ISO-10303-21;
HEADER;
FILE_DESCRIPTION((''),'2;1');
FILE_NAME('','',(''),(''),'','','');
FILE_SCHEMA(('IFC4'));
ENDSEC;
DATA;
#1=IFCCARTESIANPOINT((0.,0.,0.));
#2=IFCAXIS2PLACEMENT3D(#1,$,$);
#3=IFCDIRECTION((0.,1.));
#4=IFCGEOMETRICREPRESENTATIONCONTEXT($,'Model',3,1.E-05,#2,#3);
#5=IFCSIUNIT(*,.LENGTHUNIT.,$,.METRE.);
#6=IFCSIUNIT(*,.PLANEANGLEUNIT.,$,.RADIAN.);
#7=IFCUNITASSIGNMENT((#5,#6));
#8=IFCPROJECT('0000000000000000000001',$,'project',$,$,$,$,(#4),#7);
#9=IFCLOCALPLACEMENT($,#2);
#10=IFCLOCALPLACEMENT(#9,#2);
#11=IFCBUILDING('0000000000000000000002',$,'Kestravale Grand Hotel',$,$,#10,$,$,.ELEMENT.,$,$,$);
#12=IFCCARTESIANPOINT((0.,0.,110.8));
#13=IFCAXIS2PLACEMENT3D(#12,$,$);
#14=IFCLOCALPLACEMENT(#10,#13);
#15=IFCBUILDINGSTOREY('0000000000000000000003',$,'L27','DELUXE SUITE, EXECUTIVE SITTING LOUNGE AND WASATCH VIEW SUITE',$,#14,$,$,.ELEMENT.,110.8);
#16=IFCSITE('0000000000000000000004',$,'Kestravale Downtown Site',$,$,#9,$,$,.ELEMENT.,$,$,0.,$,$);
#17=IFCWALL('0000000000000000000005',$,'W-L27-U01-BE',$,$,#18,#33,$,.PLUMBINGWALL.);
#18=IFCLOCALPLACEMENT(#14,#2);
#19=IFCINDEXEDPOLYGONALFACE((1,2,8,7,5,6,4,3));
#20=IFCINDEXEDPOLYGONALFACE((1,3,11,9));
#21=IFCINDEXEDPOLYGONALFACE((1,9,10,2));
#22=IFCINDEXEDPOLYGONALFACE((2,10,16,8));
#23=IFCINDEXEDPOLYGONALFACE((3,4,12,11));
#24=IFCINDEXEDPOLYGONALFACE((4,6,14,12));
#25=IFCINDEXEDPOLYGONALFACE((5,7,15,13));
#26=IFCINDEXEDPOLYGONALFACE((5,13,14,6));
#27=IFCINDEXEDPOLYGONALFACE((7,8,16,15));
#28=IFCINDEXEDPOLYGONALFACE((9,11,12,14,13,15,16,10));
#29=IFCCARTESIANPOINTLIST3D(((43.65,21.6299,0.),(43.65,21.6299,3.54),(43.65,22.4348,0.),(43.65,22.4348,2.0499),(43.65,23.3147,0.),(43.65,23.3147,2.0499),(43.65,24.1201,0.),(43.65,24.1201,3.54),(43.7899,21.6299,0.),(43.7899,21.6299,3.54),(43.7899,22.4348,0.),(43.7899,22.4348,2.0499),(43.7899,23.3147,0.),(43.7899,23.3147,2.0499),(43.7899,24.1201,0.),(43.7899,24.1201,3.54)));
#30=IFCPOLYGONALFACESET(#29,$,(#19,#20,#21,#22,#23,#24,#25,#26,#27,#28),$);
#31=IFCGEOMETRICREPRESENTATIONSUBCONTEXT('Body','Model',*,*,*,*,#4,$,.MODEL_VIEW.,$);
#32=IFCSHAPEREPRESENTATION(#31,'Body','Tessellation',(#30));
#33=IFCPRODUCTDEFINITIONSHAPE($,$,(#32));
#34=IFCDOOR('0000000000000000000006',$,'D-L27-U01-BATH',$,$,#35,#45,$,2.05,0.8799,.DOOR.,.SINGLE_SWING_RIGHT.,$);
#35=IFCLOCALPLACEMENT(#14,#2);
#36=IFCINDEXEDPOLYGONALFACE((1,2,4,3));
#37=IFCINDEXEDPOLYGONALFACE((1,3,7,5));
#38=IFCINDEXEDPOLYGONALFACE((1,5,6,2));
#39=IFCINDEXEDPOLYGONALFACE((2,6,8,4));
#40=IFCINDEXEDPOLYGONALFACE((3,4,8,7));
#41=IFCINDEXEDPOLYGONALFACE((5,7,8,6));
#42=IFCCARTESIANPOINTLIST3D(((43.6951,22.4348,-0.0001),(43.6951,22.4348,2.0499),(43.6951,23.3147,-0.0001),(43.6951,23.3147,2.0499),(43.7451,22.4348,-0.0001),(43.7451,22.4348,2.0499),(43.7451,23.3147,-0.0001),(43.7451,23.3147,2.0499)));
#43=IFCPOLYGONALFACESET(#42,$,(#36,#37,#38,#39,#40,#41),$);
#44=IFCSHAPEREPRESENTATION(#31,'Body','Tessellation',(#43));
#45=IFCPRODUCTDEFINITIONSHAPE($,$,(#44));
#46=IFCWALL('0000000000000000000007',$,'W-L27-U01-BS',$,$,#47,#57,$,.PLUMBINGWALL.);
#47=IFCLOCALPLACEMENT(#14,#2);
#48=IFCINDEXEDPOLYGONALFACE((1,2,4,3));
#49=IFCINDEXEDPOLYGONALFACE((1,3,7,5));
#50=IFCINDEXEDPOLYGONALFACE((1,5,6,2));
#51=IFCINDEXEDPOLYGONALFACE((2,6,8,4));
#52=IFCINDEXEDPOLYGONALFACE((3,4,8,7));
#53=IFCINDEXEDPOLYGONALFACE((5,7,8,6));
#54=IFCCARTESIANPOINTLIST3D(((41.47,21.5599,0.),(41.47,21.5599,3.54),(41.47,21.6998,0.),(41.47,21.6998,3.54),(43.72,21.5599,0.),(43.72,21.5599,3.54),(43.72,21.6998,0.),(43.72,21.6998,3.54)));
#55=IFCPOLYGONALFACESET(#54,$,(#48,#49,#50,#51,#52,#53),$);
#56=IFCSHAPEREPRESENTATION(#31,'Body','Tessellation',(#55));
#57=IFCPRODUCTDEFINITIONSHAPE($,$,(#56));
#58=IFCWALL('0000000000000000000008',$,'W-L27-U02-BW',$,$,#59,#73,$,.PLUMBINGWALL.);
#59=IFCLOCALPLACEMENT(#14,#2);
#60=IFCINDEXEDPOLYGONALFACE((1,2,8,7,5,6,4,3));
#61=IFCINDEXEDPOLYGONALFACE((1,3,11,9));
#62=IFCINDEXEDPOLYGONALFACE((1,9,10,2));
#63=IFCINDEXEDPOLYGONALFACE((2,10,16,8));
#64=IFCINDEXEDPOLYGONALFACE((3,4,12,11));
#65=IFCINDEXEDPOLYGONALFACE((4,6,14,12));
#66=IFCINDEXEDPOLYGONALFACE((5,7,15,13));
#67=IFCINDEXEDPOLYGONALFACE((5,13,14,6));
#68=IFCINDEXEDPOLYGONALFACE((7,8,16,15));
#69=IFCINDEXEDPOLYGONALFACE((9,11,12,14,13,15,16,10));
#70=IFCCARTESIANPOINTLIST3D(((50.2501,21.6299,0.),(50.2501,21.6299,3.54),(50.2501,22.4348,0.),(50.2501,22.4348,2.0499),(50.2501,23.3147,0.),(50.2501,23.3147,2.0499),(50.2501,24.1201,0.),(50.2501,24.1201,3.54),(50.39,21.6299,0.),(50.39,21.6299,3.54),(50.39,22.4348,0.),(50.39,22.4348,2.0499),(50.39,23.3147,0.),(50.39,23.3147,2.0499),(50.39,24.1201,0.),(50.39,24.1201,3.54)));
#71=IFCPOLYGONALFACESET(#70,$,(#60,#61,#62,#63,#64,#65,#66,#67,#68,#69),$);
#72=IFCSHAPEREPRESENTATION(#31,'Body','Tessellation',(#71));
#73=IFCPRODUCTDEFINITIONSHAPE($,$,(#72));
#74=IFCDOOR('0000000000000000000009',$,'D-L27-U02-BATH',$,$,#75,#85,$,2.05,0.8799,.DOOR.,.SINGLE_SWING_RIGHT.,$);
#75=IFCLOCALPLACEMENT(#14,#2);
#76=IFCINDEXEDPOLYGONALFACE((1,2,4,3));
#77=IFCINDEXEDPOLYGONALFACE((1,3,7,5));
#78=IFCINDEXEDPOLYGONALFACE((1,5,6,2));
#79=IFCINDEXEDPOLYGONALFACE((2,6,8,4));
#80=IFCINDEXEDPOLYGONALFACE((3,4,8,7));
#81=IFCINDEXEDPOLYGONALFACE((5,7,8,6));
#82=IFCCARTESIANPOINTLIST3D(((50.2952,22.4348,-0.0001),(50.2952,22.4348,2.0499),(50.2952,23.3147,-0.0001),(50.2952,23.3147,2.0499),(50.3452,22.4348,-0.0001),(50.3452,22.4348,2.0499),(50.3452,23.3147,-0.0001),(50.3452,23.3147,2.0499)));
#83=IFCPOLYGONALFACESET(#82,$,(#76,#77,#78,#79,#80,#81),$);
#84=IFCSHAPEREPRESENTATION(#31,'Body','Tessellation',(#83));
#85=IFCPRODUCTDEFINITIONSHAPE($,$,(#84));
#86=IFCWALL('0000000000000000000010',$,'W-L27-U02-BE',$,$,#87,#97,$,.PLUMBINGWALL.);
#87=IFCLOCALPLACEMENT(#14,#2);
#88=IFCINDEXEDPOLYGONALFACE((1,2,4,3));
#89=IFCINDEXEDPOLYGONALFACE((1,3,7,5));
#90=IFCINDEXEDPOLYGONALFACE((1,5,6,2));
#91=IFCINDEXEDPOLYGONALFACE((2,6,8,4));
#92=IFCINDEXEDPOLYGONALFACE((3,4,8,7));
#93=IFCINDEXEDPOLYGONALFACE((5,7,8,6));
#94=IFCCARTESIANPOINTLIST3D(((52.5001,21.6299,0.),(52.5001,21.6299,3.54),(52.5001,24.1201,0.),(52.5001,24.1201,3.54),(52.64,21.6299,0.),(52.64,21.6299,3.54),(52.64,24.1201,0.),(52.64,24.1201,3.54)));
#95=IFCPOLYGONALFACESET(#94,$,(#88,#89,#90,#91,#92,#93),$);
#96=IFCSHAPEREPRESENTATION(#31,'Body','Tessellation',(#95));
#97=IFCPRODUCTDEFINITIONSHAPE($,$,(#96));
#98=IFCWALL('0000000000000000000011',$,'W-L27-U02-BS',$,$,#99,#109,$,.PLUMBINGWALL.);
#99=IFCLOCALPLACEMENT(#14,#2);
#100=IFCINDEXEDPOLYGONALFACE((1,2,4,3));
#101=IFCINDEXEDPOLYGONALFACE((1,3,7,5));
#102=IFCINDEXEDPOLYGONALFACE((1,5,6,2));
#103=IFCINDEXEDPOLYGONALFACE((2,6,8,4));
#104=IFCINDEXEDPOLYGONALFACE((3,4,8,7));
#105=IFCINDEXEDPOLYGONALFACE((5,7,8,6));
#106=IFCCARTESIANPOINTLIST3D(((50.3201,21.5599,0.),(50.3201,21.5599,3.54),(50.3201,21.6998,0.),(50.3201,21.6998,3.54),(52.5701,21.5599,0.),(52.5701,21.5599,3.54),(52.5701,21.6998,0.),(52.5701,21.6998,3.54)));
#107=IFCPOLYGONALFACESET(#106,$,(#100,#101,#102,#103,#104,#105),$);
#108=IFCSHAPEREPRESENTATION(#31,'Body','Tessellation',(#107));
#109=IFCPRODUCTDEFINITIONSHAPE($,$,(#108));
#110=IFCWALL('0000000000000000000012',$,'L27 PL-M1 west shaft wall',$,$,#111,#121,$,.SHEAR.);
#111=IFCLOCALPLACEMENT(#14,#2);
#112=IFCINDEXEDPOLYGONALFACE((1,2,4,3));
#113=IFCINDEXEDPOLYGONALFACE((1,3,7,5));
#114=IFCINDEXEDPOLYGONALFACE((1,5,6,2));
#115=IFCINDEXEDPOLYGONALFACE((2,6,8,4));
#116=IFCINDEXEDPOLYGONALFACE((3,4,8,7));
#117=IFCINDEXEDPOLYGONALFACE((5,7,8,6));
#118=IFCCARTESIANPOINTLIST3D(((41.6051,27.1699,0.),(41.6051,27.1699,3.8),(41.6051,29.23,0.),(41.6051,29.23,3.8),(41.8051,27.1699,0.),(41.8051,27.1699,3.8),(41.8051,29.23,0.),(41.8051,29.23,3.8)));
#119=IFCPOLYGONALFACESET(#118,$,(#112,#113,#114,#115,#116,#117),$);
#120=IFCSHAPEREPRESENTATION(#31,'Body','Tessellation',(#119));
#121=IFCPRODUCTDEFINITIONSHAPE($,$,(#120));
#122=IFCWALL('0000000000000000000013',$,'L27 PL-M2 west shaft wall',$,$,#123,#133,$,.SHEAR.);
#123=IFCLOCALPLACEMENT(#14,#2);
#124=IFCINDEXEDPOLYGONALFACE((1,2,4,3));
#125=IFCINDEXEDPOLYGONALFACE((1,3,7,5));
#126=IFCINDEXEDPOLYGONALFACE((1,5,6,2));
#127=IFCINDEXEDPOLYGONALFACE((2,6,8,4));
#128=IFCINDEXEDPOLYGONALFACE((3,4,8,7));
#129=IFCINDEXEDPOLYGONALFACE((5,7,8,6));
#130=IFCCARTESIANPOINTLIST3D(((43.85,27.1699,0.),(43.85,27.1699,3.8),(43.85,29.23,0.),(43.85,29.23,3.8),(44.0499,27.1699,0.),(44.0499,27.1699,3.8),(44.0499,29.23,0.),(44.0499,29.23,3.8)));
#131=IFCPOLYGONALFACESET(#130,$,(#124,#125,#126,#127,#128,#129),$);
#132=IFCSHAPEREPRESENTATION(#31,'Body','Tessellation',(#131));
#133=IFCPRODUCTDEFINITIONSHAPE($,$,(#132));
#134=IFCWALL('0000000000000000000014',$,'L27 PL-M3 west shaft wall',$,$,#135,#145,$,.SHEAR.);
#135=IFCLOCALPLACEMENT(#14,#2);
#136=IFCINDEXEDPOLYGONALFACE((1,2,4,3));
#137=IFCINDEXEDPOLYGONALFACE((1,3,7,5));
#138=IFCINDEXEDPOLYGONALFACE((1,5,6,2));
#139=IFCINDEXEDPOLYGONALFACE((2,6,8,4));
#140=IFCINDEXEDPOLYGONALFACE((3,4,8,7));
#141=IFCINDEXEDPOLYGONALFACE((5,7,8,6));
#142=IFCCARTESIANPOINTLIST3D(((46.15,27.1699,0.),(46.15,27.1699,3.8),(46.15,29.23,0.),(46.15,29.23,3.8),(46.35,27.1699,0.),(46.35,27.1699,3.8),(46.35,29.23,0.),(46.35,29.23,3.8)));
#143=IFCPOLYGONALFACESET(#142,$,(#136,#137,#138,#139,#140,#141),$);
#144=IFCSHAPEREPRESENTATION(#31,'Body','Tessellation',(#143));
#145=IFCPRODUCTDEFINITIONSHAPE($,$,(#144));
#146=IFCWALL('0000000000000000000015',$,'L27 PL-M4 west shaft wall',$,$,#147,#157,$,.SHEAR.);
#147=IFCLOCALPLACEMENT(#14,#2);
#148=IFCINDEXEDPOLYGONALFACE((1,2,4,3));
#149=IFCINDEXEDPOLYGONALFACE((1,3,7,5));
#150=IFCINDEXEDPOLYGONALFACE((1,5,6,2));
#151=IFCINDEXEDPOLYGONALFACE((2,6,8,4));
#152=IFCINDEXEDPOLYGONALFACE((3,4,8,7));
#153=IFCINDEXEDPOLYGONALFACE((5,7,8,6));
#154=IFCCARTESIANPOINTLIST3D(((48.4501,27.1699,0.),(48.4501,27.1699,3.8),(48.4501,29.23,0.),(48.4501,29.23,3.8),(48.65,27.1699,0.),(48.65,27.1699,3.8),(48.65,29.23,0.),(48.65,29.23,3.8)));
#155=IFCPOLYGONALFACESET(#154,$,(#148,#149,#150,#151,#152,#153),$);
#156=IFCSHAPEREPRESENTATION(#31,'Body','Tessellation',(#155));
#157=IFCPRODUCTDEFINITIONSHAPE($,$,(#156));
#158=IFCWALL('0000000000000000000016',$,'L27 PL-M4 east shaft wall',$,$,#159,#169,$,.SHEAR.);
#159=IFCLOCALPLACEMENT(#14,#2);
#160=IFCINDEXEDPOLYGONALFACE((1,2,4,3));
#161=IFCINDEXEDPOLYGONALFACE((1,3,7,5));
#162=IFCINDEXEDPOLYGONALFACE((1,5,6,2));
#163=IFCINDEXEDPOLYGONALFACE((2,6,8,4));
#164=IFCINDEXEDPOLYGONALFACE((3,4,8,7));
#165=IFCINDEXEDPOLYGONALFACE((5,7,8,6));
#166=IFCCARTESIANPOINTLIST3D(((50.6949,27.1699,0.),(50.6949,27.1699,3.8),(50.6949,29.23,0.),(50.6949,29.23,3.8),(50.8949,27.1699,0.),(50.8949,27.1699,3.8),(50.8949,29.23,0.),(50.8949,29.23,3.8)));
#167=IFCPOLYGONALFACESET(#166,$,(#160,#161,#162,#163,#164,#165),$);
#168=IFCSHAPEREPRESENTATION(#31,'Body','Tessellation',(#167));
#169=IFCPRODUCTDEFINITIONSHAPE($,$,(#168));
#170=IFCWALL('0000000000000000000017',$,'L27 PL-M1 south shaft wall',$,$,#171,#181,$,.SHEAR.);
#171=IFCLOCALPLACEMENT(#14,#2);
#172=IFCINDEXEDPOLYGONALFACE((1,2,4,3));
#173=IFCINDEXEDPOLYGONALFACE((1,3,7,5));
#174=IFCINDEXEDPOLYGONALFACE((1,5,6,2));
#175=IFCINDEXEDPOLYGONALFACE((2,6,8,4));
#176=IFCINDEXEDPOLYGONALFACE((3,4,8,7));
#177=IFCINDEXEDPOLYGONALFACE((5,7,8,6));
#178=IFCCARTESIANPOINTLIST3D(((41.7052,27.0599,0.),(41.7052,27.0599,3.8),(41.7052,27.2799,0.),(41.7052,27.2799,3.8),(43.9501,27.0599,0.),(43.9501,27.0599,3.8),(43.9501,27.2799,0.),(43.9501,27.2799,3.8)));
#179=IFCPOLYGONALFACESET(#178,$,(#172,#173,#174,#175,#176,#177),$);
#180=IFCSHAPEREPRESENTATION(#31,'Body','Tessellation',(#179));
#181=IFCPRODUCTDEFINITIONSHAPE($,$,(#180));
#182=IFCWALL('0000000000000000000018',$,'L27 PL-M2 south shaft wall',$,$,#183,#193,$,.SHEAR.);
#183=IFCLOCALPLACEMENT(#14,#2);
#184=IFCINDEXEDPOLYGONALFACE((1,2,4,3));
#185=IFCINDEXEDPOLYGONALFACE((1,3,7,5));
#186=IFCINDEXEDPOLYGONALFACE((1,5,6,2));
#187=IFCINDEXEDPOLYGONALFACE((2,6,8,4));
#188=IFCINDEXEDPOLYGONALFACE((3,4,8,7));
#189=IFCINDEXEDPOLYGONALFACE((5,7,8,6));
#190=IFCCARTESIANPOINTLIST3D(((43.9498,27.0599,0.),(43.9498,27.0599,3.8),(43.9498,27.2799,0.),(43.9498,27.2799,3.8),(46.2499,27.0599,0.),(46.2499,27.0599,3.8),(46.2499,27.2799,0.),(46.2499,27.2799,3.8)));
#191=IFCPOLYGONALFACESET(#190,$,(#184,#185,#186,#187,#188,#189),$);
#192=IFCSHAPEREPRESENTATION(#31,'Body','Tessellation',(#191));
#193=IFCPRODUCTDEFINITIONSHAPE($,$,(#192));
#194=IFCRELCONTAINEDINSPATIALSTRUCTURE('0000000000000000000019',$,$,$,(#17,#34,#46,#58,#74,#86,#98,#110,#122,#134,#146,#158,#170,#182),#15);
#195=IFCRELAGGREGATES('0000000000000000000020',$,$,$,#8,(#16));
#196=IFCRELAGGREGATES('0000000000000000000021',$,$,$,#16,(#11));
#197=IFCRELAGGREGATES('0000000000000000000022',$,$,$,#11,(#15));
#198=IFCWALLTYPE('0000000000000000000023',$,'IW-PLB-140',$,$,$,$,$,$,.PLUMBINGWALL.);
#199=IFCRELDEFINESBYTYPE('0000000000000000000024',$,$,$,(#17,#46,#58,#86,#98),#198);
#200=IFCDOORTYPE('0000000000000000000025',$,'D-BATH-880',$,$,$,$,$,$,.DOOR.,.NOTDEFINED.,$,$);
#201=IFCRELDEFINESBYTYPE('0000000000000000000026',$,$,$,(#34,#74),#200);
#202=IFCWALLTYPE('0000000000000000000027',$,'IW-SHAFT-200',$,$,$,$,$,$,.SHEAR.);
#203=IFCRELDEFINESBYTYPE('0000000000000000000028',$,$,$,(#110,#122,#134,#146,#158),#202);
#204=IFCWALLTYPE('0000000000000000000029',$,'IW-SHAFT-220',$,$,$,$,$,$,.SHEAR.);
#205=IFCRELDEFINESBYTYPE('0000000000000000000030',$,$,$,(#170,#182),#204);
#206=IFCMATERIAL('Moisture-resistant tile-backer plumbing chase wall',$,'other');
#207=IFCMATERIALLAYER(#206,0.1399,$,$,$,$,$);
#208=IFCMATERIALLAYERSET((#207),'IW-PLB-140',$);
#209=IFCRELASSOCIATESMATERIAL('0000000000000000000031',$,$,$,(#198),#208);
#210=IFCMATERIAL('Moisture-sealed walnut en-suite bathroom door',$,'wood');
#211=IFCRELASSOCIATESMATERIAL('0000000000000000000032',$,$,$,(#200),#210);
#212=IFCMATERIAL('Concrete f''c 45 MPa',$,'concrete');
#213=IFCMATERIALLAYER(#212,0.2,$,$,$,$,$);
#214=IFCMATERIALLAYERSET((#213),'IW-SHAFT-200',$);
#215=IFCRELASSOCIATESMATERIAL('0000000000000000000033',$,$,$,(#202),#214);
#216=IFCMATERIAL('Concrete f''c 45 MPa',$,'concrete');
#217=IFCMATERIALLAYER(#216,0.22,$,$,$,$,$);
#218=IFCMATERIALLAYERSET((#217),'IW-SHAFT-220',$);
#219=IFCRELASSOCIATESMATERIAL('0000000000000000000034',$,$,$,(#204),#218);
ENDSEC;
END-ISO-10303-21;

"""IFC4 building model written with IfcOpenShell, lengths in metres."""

from ifc_helpers import new_model, si_unit, direction, frame, frame_2d, origin, place, context, subcontext, project, spatial, rectangle, extrude, material, layer, layer_set, type_object, element, fill, save


model = new_model("IFC4")

# Units and contexts
model_context = context("Model", 3, precision=1e-05, world=origin(), true_north=direction((0.0, 1.0)))
body_context = subcontext(model_context, "Body", "Model", "MODEL_VIEW")
ifc_project = project(units=[si_unit("LENGTHUNIT", "METRE"), si_unit("PLANEANGLEUNIT", "RADIAN")], contexts=[model_context])

# Site, building, storey
site_placement = place(None, origin())
site = spatial("IfcSite", under=ifc_project, at=site_placement, Name="Kestravale Downtown Site", CompositionType="ELEMENT", RefElevation=0.0)
building_placement = place(site_placement, origin())
building = spatial("IfcBuilding", under=site, at=building_placement, Name="Kestravale Grand Hotel", CompositionType="ELEMENT")
storey_placement = place(building_placement, frame((0.0, 0.0, 110.8)))
storey = spatial("IfcBuildingStorey", under=building, at=storey_placement, Name="L27", Description="DELUXE SUITE, EXECUTIVE SITTING LOUNGE AND WASATCH VIEW SUITE", CompositionType="ELEMENT", Elevation=110.8)

# Wall, opening, door
ifc_material_1 = material(Name="Moisture-resistant tile-backer plumbing chase wall", Category="other")
ifc_layer_1 = layer(ifc_material_1, 0.1399)
ifc_layer_set_1 = layer_set([ifc_layer_1], Name="IW-PLB-140")
wall_type_1 = type_object("IfcWallType", Name="IW-PLB-140", PredefinedType="PLUMBINGWALL", material=ifc_layer_set_1)
wall_1_placement = place(storey_placement, frame((43.72, 21.6299, 0.0), z_axis=(0.0, 0.0, 1.0), x_axis=(0.0, 1.0, 0.0)))
wall_1 = element("IfcWall", 1, at=wall_1_placement, inside=storey, type_object=wall_type_1, Name="W-L27-U01-BE", PredefinedType="PLUMBINGWALL", context=body_context, shape_type="SweptSolid", body=[
    extrude(rectangle(XDim=2.4902, YDim=0.1399, at=frame_2d((1.2451, 0.0))), origin(), (0.0, 0.0, 1.0), 3.54),
])
opening_1_placement = place(wall_1_placement, frame((0.8049, 0.0, 0.0)))
opening_1 = element("IfcOpeningElement", 2, at=opening_1_placement, cuts=wall_1, PredefinedType="OPENING", context=body_context, shape_type="SweptSolid", body=[
    extrude(rectangle(XDim=0.8799, YDim=2.05, at=frame_2d((0.4399, 1.0249))), frame((0.0, 0.0798, 0.0), z_axis=(0.0, -1.0, 0.0), x_axis=(1.0, 0.0, 0.0)), (0.0, 0.0, 1.0), 0.1599),
])
ifc_material_2 = material(Name="Moisture-sealed walnut en-suite bathroom door", Category="wood")
door_type = type_object("IfcDoorType", Name="D-BATH-880", OperationType="NOTDEFINED", PredefinedType="DOOR", material=ifc_material_2)
door_1_placement = place(opening_1_placement, origin())
door_1 = element("IfcDoor", 3, at=door_1_placement, inside=storey, type_object=door_type, Name="D-L27-U01-BATH", OperationType="SINGLE_SWING_RIGHT", OverallHeight=2.05, OverallWidth=0.8799, PredefinedType="DOOR", context=body_context, shape_type="SweptSolid", body=[
    extrude(rectangle(XDim=0.8799, YDim=2.05, at=frame_2d((0.4399, 1.0249))), frame((0.0, 0.0249, 0.0), z_axis=(0.0, -1.0, 0.0), x_axis=(1.0, 0.0, 0.0)), (0.0, 0.0, 1.0), 0.05),
])
fill(opening_1, door_1)

# Wall
wall_2_placement = place(storey_placement, frame((41.47, 21.6299, 0.0), z_axis=(0.0, 0.0, 1.0), x_axis=(1.0, 0.0, 0.0)))
element("IfcWall", 4, at=wall_2_placement, inside=storey, type_object=wall_type_1, Name="W-L27-U01-BS", PredefinedType="PLUMBINGWALL", context=body_context, shape_type="SweptSolid", body=[
    extrude(rectangle(XDim=2.25, YDim=0.1399, at=frame_2d((1.125, 0.0))), origin(), (0.0, 0.0, 1.0), 3.54),
])

# Wall, opening, door
wall_3_placement = place(storey_placement, frame((50.3201, 21.6299, 0.0), z_axis=(0.0, 0.0, 1.0), x_axis=(0.0, 1.0, 0.0)))
wall_3 = element("IfcWall", 5, at=wall_3_placement, inside=storey, type_object=wall_type_1, Name="W-L27-U02-BW", PredefinedType="PLUMBINGWALL", context=body_context, shape_type="SweptSolid", body=[
    extrude(rectangle(XDim=2.4902, YDim=0.1399, at=frame_2d((1.2451, 0.0))), origin(), (0.0, 0.0, 1.0), 3.54),
])
opening_2_placement = place(wall_3_placement, frame((0.8049, 0.0, 0.0)))
opening_2 = element("IfcOpeningElement", 6, at=opening_2_placement, cuts=wall_3, PredefinedType="OPENING", context=body_context, shape_type="SweptSolid", body=[
    extrude(rectangle(XDim=0.8799, YDim=2.05, at=frame_2d((0.4399, 1.0249))), frame((0.0, 0.0798, 0.0), z_axis=(0.0, -1.0, 0.0), x_axis=(1.0, 0.0, 0.0)), (0.0, 0.0, 1.0), 0.1599),
])
door_2_placement = place(opening_2_placement, origin())
door_2 = element("IfcDoor", 7, at=door_2_placement, inside=storey, type_object=door_type, Name="D-L27-U02-BATH", OperationType="SINGLE_SWING_RIGHT", OverallHeight=2.05, OverallWidth=0.8799, PredefinedType="DOOR", context=body_context, shape_type="SweptSolid", body=[
    extrude(rectangle(XDim=0.8799, YDim=2.05, at=frame_2d((0.4399, 1.0249))), frame((0.0, 0.0249, 0.0), z_axis=(0.0, -1.0, 0.0), x_axis=(1.0, 0.0, 0.0)), (0.0, 0.0, 1.0), 0.05),
])
fill(opening_2, door_2)

# Walls
wall_4_placement = place(storey_placement, frame((52.5701, 21.6299, 0.0), z_axis=(0.0, 0.0, 1.0), x_axis=(0.0, 1.0, 0.0)))
element("IfcWall", 8, at=wall_4_placement, inside=storey, type_object=wall_type_1, Name="W-L27-U02-BE", PredefinedType="PLUMBINGWALL", context=body_context, shape_type="SweptSolid", body=[
    extrude(rectangle(XDim=2.4902, YDim=0.1399, at=frame_2d((1.2451, 0.0))), origin(), (0.0, 0.0, 1.0), 3.54),
])
wall_5_placement = place(storey_placement, frame((50.3201, 21.6299, 0.0), z_axis=(0.0, 0.0, 1.0), x_axis=(1.0, 0.0, 0.0)))
element("IfcWall", 9, at=wall_5_placement, inside=storey, type_object=wall_type_1, Name="W-L27-U02-BS", PredefinedType="PLUMBINGWALL", context=body_context, shape_type="SweptSolid", body=[
    extrude(rectangle(XDim=2.25, YDim=0.1399, at=frame_2d((1.125, 0.0))), origin(), (0.0, 0.0, 1.0), 3.54),
])
ifc_material_3 = material(Name="Concrete f'c 45 MPa", Category="concrete")
ifc_layer_2 = layer(ifc_material_3, 0.2)
ifc_layer_set_2 = layer_set([ifc_layer_2], Name="IW-SHAFT-200")
wall_type_2 = type_object("IfcWallType", Name="IW-SHAFT-200", PredefinedType="SHEAR", material=ifc_layer_set_2)
for number, where, z_axis, x_axis, name in (
    (10, (41.7051, 27.1699, 0.0), (0.0, 0.0, 1.0), (0.0, 1.0, 0.0), "L27 PL-M1 west shaft wall"),
    (11, (43.95, 27.1699, 0.0), (0.0, 0.0, 1.0), (0.0, 1.0, 0.0), "L27 PL-M2 west shaft wall"),
    (12, (46.25, 27.1699, 0.0), (0.0, 0.0, 1.0), (0.0, 1.0, 0.0), "L27 PL-M3 west shaft wall"),
    (13, (48.55, 27.1699, 0.0), (0.0, 0.0, 1.0), (0.0, 1.0, 0.0), "L27 PL-M4 west shaft wall"),
    (14, (50.7949, 27.1699, 0.0), (0.0, 0.0, 1.0), (0.0, 1.0, 0.0), "L27 PL-M4 east shaft wall"),
):
    element("IfcWall", number, at=place(storey_placement, frame(where, z_axis=z_axis, x_axis=x_axis)), inside=storey, type_object=wall_type_2, Name=name, PredefinedType="SHEAR", context=body_context, shape_type="SweptSolid", body=[
        extrude(rectangle(XDim=2.0601, YDim=0.2, at=frame_2d((1.03, 0.0))), origin(), (0.0, 0.0, 1.0), 3.8),
    ])
ifc_material_4 = material(Name="Concrete f'c 45 MPa", Category="concrete")
ifc_layer_3 = layer(ifc_material_4, 0.22)
ifc_layer_set_3 = layer_set([ifc_layer_3], Name="IW-SHAFT-220")
wall_type_3 = type_object("IfcWallType", Name="IW-SHAFT-220", PredefinedType="SHEAR", material=ifc_layer_set_3)
wall_6_placement = place(storey_placement, frame((41.7051, 27.1699, 0.0), z_axis=(0.0, 0.0, 1.0), x_axis=(1.0, 0.0, 0.0)))
element("IfcWall", 15, at=wall_6_placement, inside=storey, type_object=wall_type_3, Name="L27 PL-M1 south shaft wall", PredefinedType="SHEAR", context=body_context, shape_type="SweptSolid", body=[
    extrude(rectangle(XDim=2.2449, YDim=0.22, at=frame_2d((1.1226, 0.0))), origin(), (0.0, 0.0, 1.0), 3.8),
])
for number, where, z_axis, x_axis, name in (
    (16, (43.95, 27.1699, 0.0), (0.0, 0.0, 1.0), (1.0, 0.0, 0.0), "L27 PL-M2 south shaft wall"),
):
    element("IfcWall", number, at=place(storey_placement, frame(where, z_axis=z_axis, x_axis=x_axis)), inside=storey, type_object=wall_type_3, Name=name, PredefinedType="SHEAR", context=body_context, shape_type="SweptSolid", body=[
        extrude(rectangle(XDim=2.3, YDim=0.22, at=frame_2d((1.1499, 0.0))), origin(), (0.0, 0.0, 1.0), 3.8),
    ])

save(model, "model.ifc")
